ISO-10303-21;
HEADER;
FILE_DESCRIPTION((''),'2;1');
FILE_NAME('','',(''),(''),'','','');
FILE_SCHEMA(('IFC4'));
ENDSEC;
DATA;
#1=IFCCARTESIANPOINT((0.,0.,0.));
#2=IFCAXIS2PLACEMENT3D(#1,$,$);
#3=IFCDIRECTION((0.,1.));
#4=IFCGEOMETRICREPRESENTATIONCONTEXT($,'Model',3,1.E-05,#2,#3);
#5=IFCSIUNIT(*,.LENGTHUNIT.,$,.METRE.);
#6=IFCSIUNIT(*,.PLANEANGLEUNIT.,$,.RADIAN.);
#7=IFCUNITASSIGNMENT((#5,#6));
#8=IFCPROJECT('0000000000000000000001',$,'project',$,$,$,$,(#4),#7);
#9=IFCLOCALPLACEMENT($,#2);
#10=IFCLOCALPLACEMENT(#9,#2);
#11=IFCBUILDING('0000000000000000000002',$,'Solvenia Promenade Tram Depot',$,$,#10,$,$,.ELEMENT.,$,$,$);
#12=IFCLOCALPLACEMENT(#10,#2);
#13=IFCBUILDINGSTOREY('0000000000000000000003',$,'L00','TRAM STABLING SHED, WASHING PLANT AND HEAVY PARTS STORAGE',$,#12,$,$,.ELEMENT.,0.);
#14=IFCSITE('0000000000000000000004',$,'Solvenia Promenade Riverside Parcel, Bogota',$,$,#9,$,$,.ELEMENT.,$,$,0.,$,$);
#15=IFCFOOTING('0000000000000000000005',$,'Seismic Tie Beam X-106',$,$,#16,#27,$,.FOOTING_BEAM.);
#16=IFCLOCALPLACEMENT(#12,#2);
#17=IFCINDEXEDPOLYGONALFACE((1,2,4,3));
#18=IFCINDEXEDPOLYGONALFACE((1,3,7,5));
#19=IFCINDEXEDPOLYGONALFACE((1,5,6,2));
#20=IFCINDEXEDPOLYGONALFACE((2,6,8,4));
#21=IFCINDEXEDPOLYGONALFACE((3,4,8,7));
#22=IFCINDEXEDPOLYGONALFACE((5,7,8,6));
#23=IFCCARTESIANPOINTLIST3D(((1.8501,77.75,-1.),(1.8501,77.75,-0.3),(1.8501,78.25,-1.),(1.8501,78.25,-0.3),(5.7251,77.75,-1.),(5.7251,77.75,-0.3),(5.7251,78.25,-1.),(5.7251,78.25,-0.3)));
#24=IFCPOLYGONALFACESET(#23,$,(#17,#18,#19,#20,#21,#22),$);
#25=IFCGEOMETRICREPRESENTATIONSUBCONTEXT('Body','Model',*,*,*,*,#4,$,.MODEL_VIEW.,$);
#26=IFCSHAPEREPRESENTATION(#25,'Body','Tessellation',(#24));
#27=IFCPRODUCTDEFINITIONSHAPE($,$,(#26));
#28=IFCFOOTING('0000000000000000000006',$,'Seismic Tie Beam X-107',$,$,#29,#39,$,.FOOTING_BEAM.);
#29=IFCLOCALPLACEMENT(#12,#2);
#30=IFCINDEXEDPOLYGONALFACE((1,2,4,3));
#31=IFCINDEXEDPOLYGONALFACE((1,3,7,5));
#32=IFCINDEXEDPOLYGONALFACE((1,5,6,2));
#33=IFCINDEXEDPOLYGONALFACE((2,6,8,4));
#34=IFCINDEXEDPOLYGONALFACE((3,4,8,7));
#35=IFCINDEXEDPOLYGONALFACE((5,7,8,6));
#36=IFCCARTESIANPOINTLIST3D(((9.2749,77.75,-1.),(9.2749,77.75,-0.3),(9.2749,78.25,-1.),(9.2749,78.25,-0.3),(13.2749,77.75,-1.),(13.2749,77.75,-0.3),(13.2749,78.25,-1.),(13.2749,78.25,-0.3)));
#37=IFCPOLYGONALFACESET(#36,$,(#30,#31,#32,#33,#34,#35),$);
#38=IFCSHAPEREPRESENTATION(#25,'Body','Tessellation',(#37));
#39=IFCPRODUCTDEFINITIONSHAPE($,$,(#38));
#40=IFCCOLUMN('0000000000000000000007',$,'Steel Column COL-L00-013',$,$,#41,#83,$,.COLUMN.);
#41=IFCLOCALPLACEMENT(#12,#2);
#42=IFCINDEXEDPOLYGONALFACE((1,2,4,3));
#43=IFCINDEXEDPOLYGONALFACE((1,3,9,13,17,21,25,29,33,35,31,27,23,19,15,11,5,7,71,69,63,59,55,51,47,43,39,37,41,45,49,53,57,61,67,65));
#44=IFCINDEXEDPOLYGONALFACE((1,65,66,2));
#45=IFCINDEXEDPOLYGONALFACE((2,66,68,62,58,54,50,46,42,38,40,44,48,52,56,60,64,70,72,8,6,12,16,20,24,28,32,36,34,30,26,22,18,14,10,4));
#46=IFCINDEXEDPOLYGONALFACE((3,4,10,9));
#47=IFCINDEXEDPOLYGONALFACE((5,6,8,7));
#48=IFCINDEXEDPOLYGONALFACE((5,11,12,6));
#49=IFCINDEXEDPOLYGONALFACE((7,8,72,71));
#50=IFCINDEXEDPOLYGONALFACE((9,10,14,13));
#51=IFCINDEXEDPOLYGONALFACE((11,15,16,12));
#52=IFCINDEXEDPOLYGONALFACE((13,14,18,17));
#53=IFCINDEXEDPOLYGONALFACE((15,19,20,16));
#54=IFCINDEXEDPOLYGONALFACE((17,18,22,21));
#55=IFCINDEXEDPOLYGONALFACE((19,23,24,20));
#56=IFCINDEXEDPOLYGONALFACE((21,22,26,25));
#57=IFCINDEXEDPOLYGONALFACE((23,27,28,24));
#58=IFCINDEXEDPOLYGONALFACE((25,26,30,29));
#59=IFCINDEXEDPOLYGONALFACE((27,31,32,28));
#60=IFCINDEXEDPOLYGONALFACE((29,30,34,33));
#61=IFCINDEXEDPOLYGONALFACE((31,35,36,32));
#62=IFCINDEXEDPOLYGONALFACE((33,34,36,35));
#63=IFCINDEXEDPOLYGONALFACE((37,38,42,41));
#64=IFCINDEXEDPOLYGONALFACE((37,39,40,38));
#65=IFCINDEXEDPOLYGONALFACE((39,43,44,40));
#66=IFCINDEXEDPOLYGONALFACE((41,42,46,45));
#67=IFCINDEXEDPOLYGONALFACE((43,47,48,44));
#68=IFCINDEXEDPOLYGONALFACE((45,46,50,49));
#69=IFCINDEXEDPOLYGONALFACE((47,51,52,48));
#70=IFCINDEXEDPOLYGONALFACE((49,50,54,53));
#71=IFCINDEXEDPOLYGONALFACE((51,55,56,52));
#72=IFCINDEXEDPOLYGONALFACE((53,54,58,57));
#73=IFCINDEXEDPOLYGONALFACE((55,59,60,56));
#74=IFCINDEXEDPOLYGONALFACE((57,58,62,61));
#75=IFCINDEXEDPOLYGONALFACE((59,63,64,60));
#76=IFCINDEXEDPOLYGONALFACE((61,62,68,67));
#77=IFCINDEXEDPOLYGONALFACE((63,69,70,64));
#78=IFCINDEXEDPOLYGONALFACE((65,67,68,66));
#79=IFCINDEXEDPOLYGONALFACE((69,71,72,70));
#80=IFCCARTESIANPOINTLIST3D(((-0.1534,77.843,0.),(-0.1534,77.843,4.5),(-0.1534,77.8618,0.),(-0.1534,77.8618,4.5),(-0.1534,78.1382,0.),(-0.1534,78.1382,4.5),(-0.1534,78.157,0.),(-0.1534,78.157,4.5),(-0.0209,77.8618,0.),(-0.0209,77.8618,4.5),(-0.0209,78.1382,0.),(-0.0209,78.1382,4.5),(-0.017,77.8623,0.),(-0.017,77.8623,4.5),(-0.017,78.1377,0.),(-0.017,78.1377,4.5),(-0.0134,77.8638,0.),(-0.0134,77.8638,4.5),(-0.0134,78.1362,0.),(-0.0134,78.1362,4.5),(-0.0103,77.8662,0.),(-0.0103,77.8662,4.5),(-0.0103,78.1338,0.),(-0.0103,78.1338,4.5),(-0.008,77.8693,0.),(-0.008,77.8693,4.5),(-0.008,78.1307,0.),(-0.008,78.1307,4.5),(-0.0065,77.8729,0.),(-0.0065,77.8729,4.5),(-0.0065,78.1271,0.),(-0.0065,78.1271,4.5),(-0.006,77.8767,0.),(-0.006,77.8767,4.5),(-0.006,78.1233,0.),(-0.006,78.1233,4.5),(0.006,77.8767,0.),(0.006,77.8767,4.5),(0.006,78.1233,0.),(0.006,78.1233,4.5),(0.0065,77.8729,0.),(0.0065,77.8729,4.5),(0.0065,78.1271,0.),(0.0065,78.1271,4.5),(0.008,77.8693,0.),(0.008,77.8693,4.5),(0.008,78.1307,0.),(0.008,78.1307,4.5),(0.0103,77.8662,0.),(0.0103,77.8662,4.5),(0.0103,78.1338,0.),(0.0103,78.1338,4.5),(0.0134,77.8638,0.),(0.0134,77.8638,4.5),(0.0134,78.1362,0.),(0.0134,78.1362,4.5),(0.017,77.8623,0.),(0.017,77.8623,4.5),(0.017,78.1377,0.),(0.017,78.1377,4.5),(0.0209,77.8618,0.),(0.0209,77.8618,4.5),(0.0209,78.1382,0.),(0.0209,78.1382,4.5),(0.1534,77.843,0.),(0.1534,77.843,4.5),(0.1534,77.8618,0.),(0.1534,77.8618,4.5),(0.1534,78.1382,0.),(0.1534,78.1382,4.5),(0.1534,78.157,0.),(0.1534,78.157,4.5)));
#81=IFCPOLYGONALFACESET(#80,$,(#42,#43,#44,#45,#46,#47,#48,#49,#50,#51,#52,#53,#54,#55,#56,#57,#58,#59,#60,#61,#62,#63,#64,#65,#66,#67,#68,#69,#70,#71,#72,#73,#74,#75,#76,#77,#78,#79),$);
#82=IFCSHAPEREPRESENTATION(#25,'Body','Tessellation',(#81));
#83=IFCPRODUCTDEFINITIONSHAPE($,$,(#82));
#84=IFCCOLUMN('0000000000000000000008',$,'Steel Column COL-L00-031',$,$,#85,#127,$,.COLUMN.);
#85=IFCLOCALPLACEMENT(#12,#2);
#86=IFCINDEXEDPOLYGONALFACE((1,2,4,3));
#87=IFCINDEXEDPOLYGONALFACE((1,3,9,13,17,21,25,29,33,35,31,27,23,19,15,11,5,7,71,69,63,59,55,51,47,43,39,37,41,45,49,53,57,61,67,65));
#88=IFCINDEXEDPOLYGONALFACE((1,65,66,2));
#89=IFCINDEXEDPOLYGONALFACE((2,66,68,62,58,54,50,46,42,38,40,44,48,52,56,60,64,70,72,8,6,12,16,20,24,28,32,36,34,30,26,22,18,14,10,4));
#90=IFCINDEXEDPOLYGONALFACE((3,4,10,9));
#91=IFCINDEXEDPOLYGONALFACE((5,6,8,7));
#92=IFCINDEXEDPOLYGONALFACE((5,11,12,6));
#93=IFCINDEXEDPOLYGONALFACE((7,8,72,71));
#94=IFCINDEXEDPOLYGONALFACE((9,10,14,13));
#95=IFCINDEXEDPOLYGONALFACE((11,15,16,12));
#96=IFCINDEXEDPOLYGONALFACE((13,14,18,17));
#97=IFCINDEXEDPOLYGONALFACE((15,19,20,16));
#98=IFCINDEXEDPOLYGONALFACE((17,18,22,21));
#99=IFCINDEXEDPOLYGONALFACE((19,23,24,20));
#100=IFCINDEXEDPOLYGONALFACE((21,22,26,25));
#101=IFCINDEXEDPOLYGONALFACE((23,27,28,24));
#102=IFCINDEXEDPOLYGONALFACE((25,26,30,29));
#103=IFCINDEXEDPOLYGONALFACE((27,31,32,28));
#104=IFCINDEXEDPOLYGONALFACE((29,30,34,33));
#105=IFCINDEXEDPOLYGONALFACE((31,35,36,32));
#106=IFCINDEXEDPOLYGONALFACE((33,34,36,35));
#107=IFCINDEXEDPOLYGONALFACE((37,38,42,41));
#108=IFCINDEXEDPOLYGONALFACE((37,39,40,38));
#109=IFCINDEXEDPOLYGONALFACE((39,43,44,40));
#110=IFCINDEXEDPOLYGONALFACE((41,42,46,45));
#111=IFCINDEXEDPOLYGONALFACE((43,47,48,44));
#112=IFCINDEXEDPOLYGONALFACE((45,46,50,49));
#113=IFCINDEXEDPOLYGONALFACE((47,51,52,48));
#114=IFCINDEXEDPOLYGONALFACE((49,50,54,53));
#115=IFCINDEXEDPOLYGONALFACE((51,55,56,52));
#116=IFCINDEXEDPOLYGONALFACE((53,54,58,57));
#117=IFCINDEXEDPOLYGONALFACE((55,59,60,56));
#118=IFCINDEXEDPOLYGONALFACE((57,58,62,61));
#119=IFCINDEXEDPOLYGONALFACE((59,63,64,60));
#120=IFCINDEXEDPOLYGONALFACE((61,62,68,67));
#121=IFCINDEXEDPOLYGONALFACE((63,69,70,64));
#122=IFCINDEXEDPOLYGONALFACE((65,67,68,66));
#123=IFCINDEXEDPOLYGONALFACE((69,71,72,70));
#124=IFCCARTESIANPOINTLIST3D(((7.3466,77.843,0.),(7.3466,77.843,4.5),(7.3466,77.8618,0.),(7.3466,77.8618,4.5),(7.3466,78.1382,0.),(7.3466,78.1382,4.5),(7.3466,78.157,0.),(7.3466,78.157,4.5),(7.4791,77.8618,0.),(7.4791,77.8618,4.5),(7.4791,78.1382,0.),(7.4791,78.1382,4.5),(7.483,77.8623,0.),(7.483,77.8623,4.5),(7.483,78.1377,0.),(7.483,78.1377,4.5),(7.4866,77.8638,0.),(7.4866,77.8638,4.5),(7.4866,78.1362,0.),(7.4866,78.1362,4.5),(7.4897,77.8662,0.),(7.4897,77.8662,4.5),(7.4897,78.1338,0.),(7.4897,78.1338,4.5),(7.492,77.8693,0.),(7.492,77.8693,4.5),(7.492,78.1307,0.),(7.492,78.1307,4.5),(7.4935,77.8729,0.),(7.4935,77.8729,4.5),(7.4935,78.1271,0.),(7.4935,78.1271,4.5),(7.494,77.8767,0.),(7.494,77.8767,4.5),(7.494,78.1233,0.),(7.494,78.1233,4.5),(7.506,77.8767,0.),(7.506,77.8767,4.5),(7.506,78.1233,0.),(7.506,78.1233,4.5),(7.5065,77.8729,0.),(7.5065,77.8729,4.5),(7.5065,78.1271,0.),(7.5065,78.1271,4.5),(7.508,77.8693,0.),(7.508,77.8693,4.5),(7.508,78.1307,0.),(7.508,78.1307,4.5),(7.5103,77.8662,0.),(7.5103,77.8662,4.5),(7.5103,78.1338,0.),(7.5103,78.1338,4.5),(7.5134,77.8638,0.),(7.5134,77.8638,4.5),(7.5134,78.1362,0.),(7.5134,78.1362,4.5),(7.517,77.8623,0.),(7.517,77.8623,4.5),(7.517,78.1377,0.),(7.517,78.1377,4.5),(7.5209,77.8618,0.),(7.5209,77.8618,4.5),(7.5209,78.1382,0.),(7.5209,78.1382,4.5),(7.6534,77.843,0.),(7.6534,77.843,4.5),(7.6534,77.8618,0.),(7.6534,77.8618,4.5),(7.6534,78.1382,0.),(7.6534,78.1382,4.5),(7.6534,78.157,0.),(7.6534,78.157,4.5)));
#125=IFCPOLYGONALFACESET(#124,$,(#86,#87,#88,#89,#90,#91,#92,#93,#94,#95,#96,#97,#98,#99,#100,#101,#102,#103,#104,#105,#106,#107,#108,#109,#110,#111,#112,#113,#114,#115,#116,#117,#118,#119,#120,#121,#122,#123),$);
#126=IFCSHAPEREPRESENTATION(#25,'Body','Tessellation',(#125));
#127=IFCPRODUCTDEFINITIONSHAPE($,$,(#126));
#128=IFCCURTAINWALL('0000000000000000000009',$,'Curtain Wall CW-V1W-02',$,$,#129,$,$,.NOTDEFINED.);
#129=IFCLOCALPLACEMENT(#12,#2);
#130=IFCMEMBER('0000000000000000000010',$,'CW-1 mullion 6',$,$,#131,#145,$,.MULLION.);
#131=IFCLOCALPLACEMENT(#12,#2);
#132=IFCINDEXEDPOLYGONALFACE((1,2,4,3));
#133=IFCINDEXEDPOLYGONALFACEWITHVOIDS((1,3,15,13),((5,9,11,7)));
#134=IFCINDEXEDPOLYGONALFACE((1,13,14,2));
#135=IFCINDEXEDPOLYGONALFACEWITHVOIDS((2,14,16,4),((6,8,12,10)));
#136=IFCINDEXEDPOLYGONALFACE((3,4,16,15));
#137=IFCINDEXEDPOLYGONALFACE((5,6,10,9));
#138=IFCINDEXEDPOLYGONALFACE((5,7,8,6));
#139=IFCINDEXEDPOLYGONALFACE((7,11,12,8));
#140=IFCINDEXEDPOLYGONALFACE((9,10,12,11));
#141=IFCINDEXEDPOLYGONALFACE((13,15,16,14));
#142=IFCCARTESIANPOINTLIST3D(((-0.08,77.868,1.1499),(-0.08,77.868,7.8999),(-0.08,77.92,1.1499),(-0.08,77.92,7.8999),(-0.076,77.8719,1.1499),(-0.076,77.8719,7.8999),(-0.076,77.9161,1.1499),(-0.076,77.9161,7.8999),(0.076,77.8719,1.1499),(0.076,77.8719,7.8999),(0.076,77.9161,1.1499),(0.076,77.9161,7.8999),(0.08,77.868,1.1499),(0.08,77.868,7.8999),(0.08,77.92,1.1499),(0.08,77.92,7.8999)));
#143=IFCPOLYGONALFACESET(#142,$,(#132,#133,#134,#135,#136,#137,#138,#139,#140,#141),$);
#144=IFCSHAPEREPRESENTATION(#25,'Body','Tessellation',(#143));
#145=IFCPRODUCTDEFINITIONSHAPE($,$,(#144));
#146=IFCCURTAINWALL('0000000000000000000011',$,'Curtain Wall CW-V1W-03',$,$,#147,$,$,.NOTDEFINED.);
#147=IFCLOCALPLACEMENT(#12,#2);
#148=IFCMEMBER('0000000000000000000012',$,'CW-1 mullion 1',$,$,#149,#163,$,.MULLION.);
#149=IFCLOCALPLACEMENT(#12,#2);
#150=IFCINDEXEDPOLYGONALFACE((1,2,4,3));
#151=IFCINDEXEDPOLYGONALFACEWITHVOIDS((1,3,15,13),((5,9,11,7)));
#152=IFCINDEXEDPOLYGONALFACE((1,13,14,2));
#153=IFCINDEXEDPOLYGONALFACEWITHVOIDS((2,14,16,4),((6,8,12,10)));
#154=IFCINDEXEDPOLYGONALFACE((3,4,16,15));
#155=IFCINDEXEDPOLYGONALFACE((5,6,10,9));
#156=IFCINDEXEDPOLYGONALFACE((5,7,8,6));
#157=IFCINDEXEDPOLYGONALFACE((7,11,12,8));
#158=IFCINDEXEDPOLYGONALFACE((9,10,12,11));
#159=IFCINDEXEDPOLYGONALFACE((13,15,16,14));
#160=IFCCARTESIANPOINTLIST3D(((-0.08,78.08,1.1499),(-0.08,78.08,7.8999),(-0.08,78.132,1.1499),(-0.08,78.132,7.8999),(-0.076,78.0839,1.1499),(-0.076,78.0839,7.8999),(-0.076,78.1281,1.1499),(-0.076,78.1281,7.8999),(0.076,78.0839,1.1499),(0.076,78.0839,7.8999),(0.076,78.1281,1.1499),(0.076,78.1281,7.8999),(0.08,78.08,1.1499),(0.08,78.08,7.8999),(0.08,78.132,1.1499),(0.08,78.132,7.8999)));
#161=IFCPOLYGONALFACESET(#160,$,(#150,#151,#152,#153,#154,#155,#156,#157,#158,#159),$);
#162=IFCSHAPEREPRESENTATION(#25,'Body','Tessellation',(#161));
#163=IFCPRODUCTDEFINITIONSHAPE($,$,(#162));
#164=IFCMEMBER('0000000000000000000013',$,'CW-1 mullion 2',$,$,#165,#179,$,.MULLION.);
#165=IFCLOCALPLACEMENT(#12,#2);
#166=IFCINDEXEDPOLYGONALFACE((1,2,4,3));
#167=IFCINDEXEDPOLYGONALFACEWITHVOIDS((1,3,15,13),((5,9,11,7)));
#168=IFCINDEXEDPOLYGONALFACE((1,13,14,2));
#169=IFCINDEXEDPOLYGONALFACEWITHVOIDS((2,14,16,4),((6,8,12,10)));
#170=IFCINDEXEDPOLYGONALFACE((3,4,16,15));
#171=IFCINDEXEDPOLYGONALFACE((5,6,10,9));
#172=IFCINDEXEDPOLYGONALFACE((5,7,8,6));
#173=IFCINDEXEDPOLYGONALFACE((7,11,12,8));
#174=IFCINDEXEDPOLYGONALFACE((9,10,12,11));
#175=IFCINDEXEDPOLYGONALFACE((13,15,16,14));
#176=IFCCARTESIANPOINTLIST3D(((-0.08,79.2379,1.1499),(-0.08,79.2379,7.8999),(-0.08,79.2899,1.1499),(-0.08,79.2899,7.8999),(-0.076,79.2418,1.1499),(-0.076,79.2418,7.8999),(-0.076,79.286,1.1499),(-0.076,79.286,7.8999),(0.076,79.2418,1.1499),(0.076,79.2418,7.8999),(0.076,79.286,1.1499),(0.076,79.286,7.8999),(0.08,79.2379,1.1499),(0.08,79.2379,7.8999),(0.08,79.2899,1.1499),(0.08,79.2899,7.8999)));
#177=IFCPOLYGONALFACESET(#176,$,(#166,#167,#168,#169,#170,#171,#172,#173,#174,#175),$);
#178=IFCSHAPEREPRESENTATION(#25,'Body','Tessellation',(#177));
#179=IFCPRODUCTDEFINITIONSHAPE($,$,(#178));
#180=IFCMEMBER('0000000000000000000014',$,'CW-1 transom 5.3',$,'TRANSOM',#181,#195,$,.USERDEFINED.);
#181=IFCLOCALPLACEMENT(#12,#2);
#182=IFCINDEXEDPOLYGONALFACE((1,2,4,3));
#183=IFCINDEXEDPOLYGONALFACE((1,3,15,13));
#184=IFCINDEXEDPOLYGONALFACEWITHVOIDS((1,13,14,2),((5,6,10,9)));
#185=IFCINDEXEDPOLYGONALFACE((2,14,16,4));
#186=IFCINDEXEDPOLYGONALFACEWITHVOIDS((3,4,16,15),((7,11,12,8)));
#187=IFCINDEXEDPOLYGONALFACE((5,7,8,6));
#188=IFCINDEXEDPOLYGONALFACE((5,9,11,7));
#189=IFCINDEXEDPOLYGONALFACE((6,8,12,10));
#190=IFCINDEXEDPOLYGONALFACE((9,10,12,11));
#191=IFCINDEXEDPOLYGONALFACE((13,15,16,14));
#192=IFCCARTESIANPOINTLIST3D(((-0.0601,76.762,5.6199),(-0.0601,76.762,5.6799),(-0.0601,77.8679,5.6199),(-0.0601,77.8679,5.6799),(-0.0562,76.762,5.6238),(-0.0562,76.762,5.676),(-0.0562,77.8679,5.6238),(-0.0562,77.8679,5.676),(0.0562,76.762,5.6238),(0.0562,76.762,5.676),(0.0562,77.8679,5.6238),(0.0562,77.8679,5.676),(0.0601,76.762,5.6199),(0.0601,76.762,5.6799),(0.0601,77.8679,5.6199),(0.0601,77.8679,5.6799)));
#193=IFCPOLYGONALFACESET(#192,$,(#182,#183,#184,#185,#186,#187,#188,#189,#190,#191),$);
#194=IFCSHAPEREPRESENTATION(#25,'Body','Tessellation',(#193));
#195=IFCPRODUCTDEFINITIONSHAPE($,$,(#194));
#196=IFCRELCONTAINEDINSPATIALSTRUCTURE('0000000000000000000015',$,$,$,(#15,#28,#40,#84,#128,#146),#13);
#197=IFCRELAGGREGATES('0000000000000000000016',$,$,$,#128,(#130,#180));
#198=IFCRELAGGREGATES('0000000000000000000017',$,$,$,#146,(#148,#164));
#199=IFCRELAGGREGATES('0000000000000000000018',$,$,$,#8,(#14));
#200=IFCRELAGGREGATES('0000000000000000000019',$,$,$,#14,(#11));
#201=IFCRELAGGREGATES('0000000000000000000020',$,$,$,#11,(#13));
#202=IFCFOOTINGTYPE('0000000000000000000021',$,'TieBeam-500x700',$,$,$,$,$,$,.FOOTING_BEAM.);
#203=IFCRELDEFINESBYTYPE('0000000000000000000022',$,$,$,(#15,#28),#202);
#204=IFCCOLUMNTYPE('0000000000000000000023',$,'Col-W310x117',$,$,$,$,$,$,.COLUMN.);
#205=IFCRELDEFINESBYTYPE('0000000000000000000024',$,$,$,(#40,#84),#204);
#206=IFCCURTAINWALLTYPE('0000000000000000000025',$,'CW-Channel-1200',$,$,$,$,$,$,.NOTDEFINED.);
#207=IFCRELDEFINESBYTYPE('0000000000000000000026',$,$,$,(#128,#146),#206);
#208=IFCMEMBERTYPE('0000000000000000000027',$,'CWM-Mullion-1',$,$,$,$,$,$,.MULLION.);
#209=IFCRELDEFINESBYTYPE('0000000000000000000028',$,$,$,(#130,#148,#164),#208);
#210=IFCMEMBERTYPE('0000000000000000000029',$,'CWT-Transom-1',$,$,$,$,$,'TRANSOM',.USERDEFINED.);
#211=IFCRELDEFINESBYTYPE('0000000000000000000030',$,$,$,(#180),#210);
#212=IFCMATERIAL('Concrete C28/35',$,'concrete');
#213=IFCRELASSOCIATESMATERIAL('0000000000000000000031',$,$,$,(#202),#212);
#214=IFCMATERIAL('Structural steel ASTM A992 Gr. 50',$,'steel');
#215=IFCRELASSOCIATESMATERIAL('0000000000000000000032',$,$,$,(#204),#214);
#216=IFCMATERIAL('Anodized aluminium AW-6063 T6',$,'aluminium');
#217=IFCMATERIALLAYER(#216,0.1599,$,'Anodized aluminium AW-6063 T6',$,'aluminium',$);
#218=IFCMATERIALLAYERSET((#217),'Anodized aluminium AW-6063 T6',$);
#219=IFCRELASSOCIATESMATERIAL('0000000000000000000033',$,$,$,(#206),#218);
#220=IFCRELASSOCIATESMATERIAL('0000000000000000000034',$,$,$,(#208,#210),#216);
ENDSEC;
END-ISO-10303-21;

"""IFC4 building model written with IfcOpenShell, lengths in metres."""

from ifc_helpers import new_model, si_unit, direction, frame, origin, origin_2d, place, context, subcontext, project, spatial, rectangle, hollow_rectangle, i_section, extrude, material, layer, layer_set, material_profile, profile_set, type_object, element, aggregate, save


model = new_model("IFC4")

# Units and contexts
model_context = context("Model", 3, precision=1e-05, world=origin(), true_north=direction((0.0, 1.0)))
body_context = subcontext(model_context, "Body", "Model", "MODEL_VIEW")
ifc_project = project(units=[si_unit("LENGTHUNIT", "METRE"), si_unit("PLANEANGLEUNIT", "RADIAN")], contexts=[model_context])

# Site, building, storey
site_placement = place(None, origin())
site = spatial("IfcSite", under=ifc_project, at=site_placement, Name="Solvenia Promenade Riverside Parcel, Bogota", CompositionType="ELEMENT", RefElevation=0.0)
building_placement = place(site_placement, origin())
building = spatial("IfcBuilding", under=site, at=building_placement, Name="Solvenia Promenade Tram Depot", CompositionType="ELEMENT")
storey_placement = place(building_placement, origin())
storey = spatial("IfcBuildingStorey", under=building, at=storey_placement, Name="L00", Description="TRAM STABLING SHED, WASHING PLANT AND HEAVY PARTS STORAGE", CompositionType="ELEMENT", Elevation=0.0)

# Shared definitions
ifc_material_1 = material(Name="Concrete C28/35", Category="concrete")

# Footings
footing_type_1 = type_object("IfcFootingType", Name="TieBeam-500x700", PredefinedType="FOOTING_BEAM", material=ifc_material_1)
footing_1_placement = place(storey_placement, frame((3.7876, 78.0, -1.0), z_axis=(0.0, 0.0, 1.0), x_axis=(1.0, 0.0, 0.0)))
element("IfcFooting", 1, at=footing_1_placement, inside=storey, type_object=footing_type_1, Name="Seismic Tie Beam X-106", PredefinedType="FOOTING_BEAM", context=body_context, shape_type="SweptSolid", body=[
    extrude(rectangle(XDim=3.875, YDim=0.5, at=origin_2d()), origin(), (0.0, 0.0, 1.0), 0.7),
])
footing_2_placement = place(storey_placement, frame((11.2749, 78.0, -1.0), z_axis=(0.0, 0.0, 1.0), x_axis=(1.0, 0.0, 0.0)))
element("IfcFooting", 2, at=footing_2_placement, inside=storey, type_object=footing_type_1, Name="Seismic Tie Beam X-107", PredefinedType="FOOTING_BEAM", context=body_context, shape_type="SweptSolid", body=[
    extrude(rectangle(XDim=4.0, YDim=0.5, at=origin_2d()), origin(), (0.0, 0.0, 1.0), 0.7),
])

# Columns
ifc_material_2 = material(Name="Structural steel ASTM A992 Gr. 50", Category="steel")
ifc_material_profile_1 = material_profile(ifc_material_2, i_section(OverallWidth=0.3069, OverallDepth=0.314, WebThickness=0.012, FlangeThickness=0.0188, FilletRadius=0.0149, at=origin_2d()), Name="W310x117", Category="steel")
ifc_profile_set_1 = profile_set([ifc_material_profile_1], Name="Structural steel ASTM A992 Gr. 50")
column_type = type_object("IfcColumnType", Name="Col-W310x117", PredefinedType="COLUMN", material=ifc_profile_set_1)
for number, where, z_axis, x_axis, name in (
    (3, (0.0, 78.0, 0.0), (0.0, 0.0, 1.0), (1.0, 0.0, 0.0), "Steel Column COL-L00-013"),
    (4, (7.5, 78.0, 0.0), (0.0, 0.0, 1.0), (1.0, 0.0, 0.0), "Steel Column COL-L00-031"),
):
    element("IfcColumn", number, at=place(storey_placement, frame(where, z_axis=z_axis, x_axis=x_axis)), inside=storey, type_object=column_type, Name=name, PredefinedType="COLUMN", context=body_context, shape_type="SweptSolid", body=[
        extrude(i_section(OverallWidth=0.3069, OverallDepth=0.314, WebThickness=0.012, FlangeThickness=0.0188, FilletRadius=0.0149, at=origin_2d()), origin(), (0.0, 0.0, 1.0), 4.5),
    ])

# Curtain wall, member
ifc_material_3 = material(Name="Anodized aluminium AW-6063 T6", Category="aluminium")
ifc_layer_1 = layer(ifc_material_3, 0.1599, Name="Anodized aluminium AW-6063 T6", Category="aluminium")
ifc_layer_set_1 = layer_set([ifc_layer_1], Name="Anodized aluminium AW-6063 T6")
curtain_wall_type = type_object("IfcCurtainWallType", Name="CW-Channel-1200", PredefinedType="NOTDEFINED", material=ifc_layer_set_1)
curtain_wall_1_placement = place(storey_placement, origin())
curtain_wall_1 = element("IfcCurtainWall", 5, at=curtain_wall_1_placement, inside=storey, type_object=curtain_wall_type, Name="Curtain Wall CW-V1W-02", PredefinedType="NOTDEFINED")
ifc_material_profile_2 = material_profile(ifc_material_3, hollow_rectangle(XDim=0.1599, YDim=0.052, WallThickness=0.0039, at=origin_2d()), Name="ALU-M1", Category="aluminium")
ifc_profile_set_2 = profile_set([ifc_material_profile_2], Name="Anodized aluminium AW-6063 T6")
member_type_1 = type_object("IfcMemberType", Name="CWM-Mullion-1", PredefinedType="MULLION", material=ifc_profile_set_2)
member_1_placement = place(storey_placement, frame((0.0, 77.894, 1.1499), z_axis=(0.0, 0.0, 1.0), x_axis=(-1.0, 0.0, 0.0)))
member_1 = element("IfcMember", 6, at=member_1_placement, type_object=member_type_1, Name="CW-1 mullion 6", PredefinedType="MULLION", context=body_context, shape_type="SweptSolid", body=[
    extrude(hollow_rectangle(XDim=0.1599, YDim=0.052, WallThickness=0.0039, at=origin_2d()), origin(), (0.0, 0.0, 1.0), 6.75),
])

# Curtain wall, members
curtain_wall_2_placement = place(storey_placement, origin())
curtain_wall_2 = element("IfcCurtainWall", 7, at=curtain_wall_2_placement, inside=storey, type_object=curtain_wall_type, Name="Curtain Wall CW-V1W-03", PredefinedType="NOTDEFINED")
member_2_placement = place(storey_placement, frame((0.0, 78.106, 1.1499), z_axis=(0.0, 0.0, 1.0), x_axis=(-1.0, 0.0, 0.0)))
member_2 = element("IfcMember", 8, at=member_2_placement, type_object=member_type_1, Name="CW-1 mullion 1", PredefinedType="MULLION", context=body_context, shape_type="SweptSolid", body=[
    extrude(hollow_rectangle(XDim=0.1599, YDim=0.052, WallThickness=0.0039, at=origin_2d()), origin(), (0.0, 0.0, 1.0), 6.75),
])
member_3_placement = place(storey_placement, frame((0.0, 79.2639, 1.1499), z_axis=(0.0, 0.0, 1.0), x_axis=(-1.0, 0.0, 0.0)))
member_3 = element("IfcMember", 9, at=member_3_placement, type_object=member_type_1, Name="CW-1 mullion 2", PredefinedType="MULLION", context=body_context, shape_type="SweptSolid", body=[
    extrude(hollow_rectangle(XDim=0.1599, YDim=0.052, WallThickness=0.0039, at=origin_2d()), origin(), (0.0, 0.0, 1.0), 6.75),
])

# Member
ifc_material_profile_3 = material_profile(ifc_material_3, hollow_rectangle(XDim=0.1201, YDim=0.0601, WallThickness=0.0039, at=origin_2d()), Name="ALU-T1", Category="aluminium")
ifc_profile_set_3 = profile_set([ifc_material_profile_3], Name="Anodized aluminium AW-6063 T6")
member_type_2 = type_object("IfcMemberType", Name="CWT-Transom-1", ElementType="TRANSOM", PredefinedType="USERDEFINED", material=ifc_profile_set_3)
member_4_placement = place(storey_placement, frame((0.0, 76.762, 5.6499), z_axis=(0.0, 1.0, 0.0), x_axis=(-1.0, 0.0, 0.0)))
member_4 = element("IfcMember", 10, at=member_4_placement, type_object=member_type_2, Name="CW-1 transom 5.3", ObjectType="TRANSOM", PredefinedType="USERDEFINED", context=body_context, shape_type="SweptSolid", body=[
    extrude(hollow_rectangle(XDim=0.1201, YDim=0.0601, WallThickness=0.0039, at=origin_2d()), origin(), (0.0, 0.0, 1.0), 1.106),
])

aggregate(curtain_wall_1, [member_1, member_4])
aggregate(curtain_wall_2, [member_2, member_3])

save(model, "model.ifc")
